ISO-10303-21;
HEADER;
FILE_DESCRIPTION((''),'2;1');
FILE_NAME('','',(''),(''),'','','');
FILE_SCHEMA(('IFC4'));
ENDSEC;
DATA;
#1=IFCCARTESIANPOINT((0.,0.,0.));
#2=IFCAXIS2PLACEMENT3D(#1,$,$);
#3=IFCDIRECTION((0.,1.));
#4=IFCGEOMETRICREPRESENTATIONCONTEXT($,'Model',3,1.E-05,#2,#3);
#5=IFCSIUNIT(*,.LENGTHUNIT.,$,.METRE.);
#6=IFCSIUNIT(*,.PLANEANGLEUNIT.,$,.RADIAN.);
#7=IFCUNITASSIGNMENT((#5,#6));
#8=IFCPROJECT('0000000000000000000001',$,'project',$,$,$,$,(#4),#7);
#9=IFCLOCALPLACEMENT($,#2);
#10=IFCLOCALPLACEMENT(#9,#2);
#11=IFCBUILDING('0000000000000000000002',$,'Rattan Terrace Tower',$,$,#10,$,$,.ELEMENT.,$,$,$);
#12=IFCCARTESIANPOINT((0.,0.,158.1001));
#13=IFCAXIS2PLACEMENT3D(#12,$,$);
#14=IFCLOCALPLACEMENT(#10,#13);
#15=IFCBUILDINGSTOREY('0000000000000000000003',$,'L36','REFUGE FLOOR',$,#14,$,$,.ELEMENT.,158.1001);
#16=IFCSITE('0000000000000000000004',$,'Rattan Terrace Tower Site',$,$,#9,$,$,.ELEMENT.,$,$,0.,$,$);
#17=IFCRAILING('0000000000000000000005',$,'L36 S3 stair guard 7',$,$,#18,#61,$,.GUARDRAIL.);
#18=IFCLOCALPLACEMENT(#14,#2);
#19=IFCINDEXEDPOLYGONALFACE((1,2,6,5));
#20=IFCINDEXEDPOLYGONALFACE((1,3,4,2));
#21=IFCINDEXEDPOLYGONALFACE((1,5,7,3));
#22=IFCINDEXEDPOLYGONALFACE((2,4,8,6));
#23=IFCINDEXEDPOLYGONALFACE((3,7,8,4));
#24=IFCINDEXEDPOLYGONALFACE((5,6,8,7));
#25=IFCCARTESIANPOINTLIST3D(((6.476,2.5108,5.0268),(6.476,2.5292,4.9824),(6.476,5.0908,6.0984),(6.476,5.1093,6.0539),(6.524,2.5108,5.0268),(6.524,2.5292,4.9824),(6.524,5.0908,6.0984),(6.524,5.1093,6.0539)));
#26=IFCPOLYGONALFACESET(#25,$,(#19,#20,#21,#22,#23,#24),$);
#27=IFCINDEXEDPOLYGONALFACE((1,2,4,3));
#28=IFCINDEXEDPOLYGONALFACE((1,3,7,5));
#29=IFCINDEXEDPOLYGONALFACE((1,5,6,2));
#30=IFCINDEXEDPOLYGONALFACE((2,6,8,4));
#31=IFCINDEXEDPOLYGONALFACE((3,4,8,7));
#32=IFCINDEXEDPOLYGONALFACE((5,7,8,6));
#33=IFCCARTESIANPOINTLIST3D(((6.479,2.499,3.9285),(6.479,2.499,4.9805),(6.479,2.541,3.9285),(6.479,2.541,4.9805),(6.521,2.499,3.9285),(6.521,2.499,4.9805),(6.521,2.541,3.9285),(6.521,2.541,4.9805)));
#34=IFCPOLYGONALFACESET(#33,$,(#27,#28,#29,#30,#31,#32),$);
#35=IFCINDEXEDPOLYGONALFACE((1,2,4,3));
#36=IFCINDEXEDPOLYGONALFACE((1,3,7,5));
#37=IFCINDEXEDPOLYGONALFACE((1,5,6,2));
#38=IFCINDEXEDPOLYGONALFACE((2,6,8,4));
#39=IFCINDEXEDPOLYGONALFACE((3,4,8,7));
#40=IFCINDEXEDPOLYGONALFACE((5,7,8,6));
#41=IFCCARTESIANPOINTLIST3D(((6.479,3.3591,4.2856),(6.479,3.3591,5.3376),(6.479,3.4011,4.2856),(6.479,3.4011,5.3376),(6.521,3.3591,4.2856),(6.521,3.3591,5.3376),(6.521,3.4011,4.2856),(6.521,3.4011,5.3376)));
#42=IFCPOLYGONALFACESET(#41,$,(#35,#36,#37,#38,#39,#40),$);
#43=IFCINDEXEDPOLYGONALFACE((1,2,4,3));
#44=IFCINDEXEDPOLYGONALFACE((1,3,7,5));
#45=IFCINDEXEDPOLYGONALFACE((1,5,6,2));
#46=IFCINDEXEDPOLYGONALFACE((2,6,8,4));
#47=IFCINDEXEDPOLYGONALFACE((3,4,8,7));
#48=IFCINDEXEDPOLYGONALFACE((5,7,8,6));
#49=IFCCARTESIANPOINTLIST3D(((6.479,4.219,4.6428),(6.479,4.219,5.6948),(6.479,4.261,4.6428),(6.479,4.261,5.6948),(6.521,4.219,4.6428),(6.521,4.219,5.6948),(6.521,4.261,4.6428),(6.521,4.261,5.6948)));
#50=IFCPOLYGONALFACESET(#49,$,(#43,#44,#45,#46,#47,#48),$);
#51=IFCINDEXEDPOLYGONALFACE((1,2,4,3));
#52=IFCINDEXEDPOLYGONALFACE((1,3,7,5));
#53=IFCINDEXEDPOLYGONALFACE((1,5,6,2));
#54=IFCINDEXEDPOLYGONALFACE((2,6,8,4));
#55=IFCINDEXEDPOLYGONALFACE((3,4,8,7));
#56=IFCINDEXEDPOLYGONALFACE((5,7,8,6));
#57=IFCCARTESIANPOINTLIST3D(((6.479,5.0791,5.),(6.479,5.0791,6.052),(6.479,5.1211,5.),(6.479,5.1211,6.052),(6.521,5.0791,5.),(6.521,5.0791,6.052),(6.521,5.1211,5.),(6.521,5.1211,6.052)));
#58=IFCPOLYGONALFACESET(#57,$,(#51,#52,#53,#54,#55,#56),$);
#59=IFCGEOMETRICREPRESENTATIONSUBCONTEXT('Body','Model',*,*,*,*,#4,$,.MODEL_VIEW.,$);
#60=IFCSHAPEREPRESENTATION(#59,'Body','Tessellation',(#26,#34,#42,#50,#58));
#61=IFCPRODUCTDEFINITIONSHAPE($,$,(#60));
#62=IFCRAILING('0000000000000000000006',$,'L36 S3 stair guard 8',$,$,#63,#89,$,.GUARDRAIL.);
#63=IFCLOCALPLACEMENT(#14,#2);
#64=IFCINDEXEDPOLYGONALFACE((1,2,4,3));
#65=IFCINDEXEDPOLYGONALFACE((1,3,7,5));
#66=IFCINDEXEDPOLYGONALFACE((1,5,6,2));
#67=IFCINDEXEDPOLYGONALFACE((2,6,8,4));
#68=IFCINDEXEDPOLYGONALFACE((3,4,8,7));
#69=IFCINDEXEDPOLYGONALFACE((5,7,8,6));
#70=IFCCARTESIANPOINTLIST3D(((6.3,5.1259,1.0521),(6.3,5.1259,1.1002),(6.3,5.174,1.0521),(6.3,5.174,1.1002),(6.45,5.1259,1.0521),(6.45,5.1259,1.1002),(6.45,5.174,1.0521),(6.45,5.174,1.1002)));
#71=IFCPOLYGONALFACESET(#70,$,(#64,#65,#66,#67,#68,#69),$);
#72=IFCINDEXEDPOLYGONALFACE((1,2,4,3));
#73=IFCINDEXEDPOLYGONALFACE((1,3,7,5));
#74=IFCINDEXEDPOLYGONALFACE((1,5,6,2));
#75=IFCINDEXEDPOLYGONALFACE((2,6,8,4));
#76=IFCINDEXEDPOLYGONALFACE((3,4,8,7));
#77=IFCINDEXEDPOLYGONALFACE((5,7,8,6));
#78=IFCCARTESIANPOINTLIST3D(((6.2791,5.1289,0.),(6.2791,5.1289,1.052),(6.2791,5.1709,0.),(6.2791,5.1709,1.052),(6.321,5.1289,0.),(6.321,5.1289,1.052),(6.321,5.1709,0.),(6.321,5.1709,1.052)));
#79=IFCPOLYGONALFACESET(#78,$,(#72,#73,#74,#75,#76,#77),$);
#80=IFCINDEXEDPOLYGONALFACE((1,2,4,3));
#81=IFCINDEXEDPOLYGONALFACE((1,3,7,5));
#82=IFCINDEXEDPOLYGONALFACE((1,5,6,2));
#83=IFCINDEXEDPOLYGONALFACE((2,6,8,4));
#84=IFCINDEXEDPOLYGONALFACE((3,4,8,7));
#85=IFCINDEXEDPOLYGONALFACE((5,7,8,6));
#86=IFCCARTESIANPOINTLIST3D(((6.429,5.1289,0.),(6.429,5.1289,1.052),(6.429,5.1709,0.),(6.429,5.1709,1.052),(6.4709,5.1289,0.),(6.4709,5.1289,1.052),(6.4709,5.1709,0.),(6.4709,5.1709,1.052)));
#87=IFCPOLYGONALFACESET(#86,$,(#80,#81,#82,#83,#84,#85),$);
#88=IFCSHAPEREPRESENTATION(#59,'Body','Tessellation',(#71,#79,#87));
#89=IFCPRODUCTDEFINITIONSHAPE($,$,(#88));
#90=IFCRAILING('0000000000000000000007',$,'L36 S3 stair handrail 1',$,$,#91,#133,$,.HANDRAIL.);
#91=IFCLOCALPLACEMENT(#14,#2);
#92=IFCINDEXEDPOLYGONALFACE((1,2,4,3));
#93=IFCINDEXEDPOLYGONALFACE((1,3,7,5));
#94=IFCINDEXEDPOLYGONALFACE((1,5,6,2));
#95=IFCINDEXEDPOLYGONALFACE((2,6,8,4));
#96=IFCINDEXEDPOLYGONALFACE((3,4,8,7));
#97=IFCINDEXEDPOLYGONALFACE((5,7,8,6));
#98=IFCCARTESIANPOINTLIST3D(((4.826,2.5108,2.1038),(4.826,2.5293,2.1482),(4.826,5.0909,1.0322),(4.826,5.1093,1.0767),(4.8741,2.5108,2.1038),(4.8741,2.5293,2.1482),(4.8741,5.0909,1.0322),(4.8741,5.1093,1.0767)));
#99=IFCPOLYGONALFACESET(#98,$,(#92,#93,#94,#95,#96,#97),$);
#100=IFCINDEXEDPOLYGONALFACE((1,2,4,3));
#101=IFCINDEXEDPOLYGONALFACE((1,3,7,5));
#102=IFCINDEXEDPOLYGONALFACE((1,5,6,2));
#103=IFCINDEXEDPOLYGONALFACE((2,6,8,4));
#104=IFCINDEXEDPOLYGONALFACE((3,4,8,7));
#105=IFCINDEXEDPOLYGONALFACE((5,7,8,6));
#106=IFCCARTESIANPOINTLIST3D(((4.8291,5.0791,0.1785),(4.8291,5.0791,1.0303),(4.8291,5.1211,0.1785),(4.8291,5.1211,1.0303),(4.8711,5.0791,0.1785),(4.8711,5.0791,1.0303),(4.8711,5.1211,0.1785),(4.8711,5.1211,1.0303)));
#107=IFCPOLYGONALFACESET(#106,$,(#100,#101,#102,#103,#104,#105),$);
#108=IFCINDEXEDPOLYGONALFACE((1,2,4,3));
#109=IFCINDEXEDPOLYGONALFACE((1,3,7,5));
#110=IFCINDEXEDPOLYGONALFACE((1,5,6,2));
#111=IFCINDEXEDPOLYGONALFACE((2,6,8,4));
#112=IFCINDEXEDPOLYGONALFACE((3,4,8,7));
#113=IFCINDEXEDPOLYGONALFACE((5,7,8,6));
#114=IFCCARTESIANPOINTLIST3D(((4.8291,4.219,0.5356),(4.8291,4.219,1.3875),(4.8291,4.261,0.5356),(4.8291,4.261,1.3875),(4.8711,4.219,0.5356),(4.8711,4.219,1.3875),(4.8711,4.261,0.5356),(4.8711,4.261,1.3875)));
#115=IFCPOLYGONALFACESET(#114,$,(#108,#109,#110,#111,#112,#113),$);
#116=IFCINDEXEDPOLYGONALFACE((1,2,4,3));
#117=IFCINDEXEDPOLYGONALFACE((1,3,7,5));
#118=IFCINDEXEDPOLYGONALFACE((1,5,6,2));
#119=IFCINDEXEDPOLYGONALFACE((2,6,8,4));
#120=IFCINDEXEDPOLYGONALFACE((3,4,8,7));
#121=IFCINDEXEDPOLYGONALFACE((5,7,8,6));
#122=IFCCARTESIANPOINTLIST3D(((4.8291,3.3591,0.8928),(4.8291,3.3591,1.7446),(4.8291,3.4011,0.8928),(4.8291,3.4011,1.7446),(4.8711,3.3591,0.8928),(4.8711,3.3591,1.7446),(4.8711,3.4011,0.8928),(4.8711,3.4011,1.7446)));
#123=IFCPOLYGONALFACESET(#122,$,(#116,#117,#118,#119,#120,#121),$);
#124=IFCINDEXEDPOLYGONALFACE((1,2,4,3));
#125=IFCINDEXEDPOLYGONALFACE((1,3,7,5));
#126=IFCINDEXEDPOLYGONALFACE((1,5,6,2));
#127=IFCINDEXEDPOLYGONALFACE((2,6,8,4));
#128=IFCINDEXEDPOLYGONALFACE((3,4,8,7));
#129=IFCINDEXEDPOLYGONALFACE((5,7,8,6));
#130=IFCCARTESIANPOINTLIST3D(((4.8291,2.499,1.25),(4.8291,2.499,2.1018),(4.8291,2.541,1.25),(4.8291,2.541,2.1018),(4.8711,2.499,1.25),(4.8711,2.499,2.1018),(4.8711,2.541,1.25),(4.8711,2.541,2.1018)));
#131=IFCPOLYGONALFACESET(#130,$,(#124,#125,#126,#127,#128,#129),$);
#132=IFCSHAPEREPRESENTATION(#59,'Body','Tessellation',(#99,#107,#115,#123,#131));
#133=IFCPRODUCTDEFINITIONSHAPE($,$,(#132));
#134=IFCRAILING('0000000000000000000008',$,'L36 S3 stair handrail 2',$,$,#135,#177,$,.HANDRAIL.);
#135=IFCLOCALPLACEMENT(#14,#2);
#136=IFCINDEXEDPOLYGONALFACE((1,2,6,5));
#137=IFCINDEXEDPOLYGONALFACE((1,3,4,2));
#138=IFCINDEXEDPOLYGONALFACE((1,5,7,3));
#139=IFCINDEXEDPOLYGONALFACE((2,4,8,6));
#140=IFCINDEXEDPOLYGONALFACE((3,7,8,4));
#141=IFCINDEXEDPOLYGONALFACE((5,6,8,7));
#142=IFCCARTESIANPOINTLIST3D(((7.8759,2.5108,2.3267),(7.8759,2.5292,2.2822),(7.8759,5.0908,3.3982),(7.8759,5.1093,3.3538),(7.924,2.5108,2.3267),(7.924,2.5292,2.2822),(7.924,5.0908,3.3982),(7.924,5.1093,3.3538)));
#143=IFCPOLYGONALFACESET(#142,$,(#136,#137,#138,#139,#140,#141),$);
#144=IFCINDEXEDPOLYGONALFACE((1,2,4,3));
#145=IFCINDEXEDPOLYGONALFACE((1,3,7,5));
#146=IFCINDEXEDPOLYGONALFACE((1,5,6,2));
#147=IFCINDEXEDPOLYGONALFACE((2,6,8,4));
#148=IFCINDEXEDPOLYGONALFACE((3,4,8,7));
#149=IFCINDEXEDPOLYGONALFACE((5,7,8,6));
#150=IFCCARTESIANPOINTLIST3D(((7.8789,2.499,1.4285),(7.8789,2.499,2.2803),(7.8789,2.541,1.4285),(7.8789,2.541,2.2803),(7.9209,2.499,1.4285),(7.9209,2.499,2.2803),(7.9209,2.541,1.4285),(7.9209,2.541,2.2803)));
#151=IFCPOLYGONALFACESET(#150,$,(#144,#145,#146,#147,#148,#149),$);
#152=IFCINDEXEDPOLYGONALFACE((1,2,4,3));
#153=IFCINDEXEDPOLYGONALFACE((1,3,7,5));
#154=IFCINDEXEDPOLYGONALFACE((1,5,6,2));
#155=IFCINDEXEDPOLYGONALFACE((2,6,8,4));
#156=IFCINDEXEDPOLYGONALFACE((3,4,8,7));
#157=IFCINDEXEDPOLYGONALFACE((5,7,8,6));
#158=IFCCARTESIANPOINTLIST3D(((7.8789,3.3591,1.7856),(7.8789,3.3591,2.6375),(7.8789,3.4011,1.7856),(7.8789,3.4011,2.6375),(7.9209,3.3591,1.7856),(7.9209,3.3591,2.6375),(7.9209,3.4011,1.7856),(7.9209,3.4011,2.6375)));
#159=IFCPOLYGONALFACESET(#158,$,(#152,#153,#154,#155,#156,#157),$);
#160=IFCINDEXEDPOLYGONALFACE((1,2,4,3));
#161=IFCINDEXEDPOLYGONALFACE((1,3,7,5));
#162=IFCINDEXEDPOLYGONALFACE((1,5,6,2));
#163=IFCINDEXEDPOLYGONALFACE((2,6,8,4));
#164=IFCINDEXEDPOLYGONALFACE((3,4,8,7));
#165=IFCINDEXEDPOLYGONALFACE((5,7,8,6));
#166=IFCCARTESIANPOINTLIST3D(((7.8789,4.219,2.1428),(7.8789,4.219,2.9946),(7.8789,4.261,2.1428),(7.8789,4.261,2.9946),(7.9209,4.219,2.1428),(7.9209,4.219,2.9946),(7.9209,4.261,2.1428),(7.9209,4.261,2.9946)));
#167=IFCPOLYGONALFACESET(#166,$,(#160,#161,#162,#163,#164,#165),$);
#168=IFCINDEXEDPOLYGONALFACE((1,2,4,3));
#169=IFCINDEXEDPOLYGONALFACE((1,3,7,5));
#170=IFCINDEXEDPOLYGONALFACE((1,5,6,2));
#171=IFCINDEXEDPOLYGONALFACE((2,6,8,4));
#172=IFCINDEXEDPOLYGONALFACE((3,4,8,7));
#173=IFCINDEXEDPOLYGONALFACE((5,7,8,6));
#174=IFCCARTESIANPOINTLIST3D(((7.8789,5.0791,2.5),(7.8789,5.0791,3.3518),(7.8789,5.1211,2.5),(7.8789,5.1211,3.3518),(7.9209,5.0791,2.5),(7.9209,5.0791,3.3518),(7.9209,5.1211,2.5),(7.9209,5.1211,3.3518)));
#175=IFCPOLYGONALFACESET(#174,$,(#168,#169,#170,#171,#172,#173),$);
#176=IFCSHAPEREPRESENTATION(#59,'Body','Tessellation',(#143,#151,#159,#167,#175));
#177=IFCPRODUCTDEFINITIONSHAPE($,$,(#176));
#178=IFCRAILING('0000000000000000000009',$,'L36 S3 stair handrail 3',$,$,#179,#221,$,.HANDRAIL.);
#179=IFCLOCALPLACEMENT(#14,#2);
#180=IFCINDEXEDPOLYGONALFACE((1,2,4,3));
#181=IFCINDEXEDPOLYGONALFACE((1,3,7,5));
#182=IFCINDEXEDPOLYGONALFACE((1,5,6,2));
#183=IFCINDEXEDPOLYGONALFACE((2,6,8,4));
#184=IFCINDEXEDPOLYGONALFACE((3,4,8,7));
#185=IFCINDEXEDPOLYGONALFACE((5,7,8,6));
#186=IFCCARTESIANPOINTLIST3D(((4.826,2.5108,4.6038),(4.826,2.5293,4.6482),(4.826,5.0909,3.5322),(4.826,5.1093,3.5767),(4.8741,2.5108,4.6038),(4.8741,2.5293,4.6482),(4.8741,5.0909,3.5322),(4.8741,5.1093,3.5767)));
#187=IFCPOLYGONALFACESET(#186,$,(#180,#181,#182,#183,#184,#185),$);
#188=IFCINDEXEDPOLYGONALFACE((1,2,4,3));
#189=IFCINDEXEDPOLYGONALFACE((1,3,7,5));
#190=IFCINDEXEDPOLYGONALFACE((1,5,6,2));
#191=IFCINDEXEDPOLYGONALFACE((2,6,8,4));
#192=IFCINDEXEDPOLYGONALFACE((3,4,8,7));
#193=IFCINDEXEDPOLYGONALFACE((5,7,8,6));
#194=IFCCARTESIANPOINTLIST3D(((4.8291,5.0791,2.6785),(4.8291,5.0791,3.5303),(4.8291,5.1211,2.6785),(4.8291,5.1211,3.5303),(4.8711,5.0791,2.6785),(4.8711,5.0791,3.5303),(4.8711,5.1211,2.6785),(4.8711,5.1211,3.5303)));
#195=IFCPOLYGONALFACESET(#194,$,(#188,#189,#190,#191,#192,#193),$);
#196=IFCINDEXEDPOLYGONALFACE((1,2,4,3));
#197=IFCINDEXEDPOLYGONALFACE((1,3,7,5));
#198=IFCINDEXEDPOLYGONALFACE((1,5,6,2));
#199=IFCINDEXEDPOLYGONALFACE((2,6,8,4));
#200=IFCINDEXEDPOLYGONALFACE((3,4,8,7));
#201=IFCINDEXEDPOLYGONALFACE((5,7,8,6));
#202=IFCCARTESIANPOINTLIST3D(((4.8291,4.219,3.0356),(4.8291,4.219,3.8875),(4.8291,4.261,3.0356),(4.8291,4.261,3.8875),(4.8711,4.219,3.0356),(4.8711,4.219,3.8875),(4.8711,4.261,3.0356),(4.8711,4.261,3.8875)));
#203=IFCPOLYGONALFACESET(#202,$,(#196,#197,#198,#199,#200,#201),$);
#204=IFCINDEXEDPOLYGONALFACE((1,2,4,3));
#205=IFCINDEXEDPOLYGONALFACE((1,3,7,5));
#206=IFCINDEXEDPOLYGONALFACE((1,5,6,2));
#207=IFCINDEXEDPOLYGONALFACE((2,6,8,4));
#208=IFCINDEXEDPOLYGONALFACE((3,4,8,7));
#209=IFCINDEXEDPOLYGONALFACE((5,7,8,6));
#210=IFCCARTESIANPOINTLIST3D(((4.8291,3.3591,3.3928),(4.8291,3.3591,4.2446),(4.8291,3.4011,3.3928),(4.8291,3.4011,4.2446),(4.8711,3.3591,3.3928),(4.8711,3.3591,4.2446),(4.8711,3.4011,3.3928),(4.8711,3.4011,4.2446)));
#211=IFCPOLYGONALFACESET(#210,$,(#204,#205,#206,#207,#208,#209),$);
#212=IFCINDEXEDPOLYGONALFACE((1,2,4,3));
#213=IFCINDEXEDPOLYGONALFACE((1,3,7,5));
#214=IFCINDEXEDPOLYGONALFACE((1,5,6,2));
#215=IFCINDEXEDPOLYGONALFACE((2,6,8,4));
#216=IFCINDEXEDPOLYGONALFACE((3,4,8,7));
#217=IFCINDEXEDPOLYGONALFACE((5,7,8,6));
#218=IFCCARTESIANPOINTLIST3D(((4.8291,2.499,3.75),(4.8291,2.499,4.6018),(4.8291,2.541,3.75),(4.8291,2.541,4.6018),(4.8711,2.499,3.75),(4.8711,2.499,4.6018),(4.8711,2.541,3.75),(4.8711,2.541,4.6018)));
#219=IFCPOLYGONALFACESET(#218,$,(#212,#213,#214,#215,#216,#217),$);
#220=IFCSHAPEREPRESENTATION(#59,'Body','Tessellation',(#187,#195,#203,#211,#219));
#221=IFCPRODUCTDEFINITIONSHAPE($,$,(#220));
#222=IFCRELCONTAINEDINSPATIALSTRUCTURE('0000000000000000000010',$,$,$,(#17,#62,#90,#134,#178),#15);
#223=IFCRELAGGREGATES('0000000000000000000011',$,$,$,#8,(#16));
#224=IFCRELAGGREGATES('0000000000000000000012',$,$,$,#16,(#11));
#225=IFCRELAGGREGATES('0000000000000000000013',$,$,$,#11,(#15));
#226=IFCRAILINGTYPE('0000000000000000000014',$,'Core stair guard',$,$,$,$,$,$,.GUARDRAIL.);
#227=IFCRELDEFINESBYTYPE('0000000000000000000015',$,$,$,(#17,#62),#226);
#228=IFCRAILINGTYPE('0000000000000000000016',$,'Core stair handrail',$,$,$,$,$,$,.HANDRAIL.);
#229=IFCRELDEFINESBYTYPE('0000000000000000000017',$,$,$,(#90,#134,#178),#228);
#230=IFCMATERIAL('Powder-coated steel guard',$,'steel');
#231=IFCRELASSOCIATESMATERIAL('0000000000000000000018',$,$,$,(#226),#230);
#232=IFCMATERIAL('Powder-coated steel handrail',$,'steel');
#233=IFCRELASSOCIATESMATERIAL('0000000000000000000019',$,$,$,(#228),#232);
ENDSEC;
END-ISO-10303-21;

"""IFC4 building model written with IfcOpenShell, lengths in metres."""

from ifc_helpers import new_model, si_unit, direction, frame, origin, origin_2d, place, context, subcontext, project, spatial, rectangle, extrude, material, type_object, element, save


model = new_model("IFC4")

# Units and contexts
model_context = context("Model", 3, precision=1e-05, world=origin(), true_north=direction((0.0, 1.0)))
body_context = subcontext(model_context, "Body", "Model", "MODEL_VIEW")
ifc_project = project(units=[si_unit("LENGTHUNIT", "METRE"), si_unit("PLANEANGLEUNIT", "RADIAN")], contexts=[model_context])

# Site, building, storey
site_placement = place(None, origin())
site = spatial("IfcSite", under=ifc_project, at=site_placement, Name="Rattan Terrace Tower Site", CompositionType="ELEMENT", RefElevation=0.0)
building_placement = place(site_placement, origin())
building = spatial("IfcBuilding", under=site, at=building_placement, Name="Rattan Terrace Tower", CompositionType="ELEMENT")
storey_placement = place(building_placement, frame((0.0, 0.0, 158.1001)))
storey = spatial("IfcBuildingStorey", under=building, at=storey_placement, Name="L36", Description="REFUGE FLOOR", CompositionType="ELEMENT", Elevation=158.1001)

# Railings
ifc_material_1 = material(Name="Powder-coated steel guard", Category="steel")
railing_type_1 = type_object("IfcRailingType", Name="Core stair guard", PredefinedType="GUARDRAIL", material=ifc_material_1)
railing_1_placement = place(storey_placement, frame((6.5, 2.52, 3.9285)))
element("IfcRailing", 1, at=railing_1_placement, inside=storey, type_object=railing_type_1, Name="L36 S3 stair guard 7", PredefinedType="GUARDRAIL", context=body_context, shape_type="SweptSolid", body=[
    extrude(rectangle(XDim=0.0481, YDim=0.0481, at=origin_2d()), frame((0.0, 0.0, 1.0762), z_axis=(0.0, 0.923521, 0.383548), x_axis=(-1.0, 0.0, 0.0)), (0.0, 0.0, 1.0), 2.7937),
    extrude(rectangle(XDim=0.042, YDim=0.042, at=origin_2d()), origin(), (0.0, 0.0, 1.0), 1.052),
    extrude(rectangle(XDim=0.042, YDim=0.042, at=origin_2d()), frame((0.0, 0.8601, 0.3572)), (0.0, 0.0, 1.0), 1.052),
    extrude(rectangle(XDim=0.042, YDim=0.042, at=origin_2d()), frame((0.0, 1.72, 0.7144)), (0.0, 0.0, 1.0), 1.052),
    extrude(rectangle(XDim=0.042, YDim=0.042, at=origin_2d()), frame((0.0, 2.5801, 1.0715)), (0.0, 0.0, 1.0), 1.052),
])
railing_2_placement = place(storey_placement, frame((6.3, 5.1499, 0.0)))
element("IfcRailing", 2, at=railing_2_placement, inside=storey, type_object=railing_type_1, Name="L36 S3 stair guard 8", PredefinedType="GUARDRAIL", context=body_context, shape_type="SweptSolid", body=[
    extrude(rectangle(XDim=0.0481, YDim=0.0481, at=origin_2d()), frame((0.0, 0.0, 1.0762), z_axis=(1.0, 0.0, 0.0), x_axis=(0.0, 1.0, 0.0)), (0.0, 0.0, 1.0), 0.1499),
    extrude(rectangle(XDim=0.042, YDim=0.042, at=origin_2d()), origin(), (0.0, 0.0, 1.0), 1.052),
    extrude(rectangle(XDim=0.042, YDim=0.042, at=origin_2d()), frame((0.1499, 0.0, 0.0)), (0.0, 0.0, 1.0), 1.052),
])
ifc_material_2 = material(Name="Powder-coated steel handrail", Category="steel")
railing_type_2 = type_object("IfcRailingType", Name="Core stair handrail", PredefinedType="HANDRAIL", material=ifc_material_2)
railing_3_placement = place(storey_placement, frame((4.8501, 5.1001, 0.1785)))
element("IfcRailing", 3, at=railing_3_placement, inside=storey, type_object=railing_type_2, Name="L36 S3 stair handrail 1", PredefinedType="HANDRAIL", context=body_context, shape_type="SweptSolid", body=[
    extrude(rectangle(XDim=0.0481, YDim=0.0481, at=origin_2d()), frame((0.0, 0.0, 0.876), z_axis=(0.0, -0.923521, 0.383548), x_axis=(1.0, 0.0, 0.0)), (0.0, 0.0, 1.0), 2.7937),
    extrude(rectangle(XDim=0.042, YDim=0.042, at=origin_2d()), origin(), (0.0, 0.0, 1.0), 0.8518),
    extrude(rectangle(XDim=0.042, YDim=0.042, at=origin_2d()), frame((0.0, -0.8601, 0.3572)), (0.0, 0.0, 1.0), 0.8518),
    extrude(rectangle(XDim=0.042, YDim=0.042, at=origin_2d()), frame((0.0, -1.72, 0.7144)), (0.0, 0.0, 1.0), 0.8518),
    extrude(rectangle(XDim=0.042, YDim=0.042, at=origin_2d()), frame((0.0, -2.5801, 1.0715)), (0.0, 0.0, 1.0), 0.8518),
])
railing_4_placement = place(storey_placement, frame((7.8999, 2.52, 1.4285)))
element("IfcRailing", 4, at=railing_4_placement, inside=storey, type_object=railing_type_2, Name="L36 S3 stair handrail 2", PredefinedType="HANDRAIL", context=body_context, shape_type="SweptSolid", body=[
    extrude(rectangle(XDim=0.0481, YDim=0.0481, at=origin_2d()), frame((0.0, 0.0, 0.876), z_axis=(0.0, 0.923521, 0.383548), x_axis=(-1.0, 0.0, 0.0)), (0.0, 0.0, 1.0), 2.7937),
    extrude(rectangle(XDim=0.042, YDim=0.042, at=origin_2d()), origin(), (0.0, 0.0, 1.0), 0.8518),
    extrude(rectangle(XDim=0.042, YDim=0.042, at=origin_2d()), frame((0.0, 0.8601, 0.3572)), (0.0, 0.0, 1.0), 0.8518),
    extrude(rectangle(XDim=0.042, YDim=0.042, at=origin_2d()), frame((0.0, 1.72, 0.7144)), (0.0, 0.0, 1.0), 0.8518),
    extrude(rectangle(XDim=0.042, YDim=0.042, at=origin_2d()), frame((0.0, 2.5801, 1.0715)), (0.0, 0.0, 1.0), 0.8518),
])
railing_5_placement = place(storey_placement, frame((4.8501, 5.1001, 2.6785)))
element("IfcRailing", 5, at=railing_5_placement, inside=storey, type_object=railing_type_2, Name="L36 S3 stair handrail 3", PredefinedType="HANDRAIL", context=body_context, shape_type="SweptSolid", body=[
    extrude(rectangle(XDim=0.0481, YDim=0.0481, at=origin_2d()), frame((0.0, 0.0, 0.876), z_axis=(0.0, -0.923521, 0.383548), x_axis=(1.0, 0.0, 0.0)), (0.0, 0.0, 1.0), 2.7937),
    extrude(rectangle(XDim=0.042, YDim=0.042, at=origin_2d()), origin(), (0.0, 0.0, 1.0), 0.8518),
    extrude(rectangle(XDim=0.042, YDim=0.042, at=origin_2d()), frame((0.0, -0.8601, 0.3572)), (0.0, 0.0, 1.0), 0.8518),
    extrude(rectangle(XDim=0.042, YDim=0.042, at=origin_2d()), frame((0.0, -1.72, 0.7144)), (0.0, 0.0, 1.0), 0.8518),
    extrude(rectangle(XDim=0.042, YDim=0.042, at=origin_2d()), frame((0.0, -2.5801, 1.0715)), (0.0, 0.0, 1.0), 0.8518),
])

save(model, "model.ifc")
